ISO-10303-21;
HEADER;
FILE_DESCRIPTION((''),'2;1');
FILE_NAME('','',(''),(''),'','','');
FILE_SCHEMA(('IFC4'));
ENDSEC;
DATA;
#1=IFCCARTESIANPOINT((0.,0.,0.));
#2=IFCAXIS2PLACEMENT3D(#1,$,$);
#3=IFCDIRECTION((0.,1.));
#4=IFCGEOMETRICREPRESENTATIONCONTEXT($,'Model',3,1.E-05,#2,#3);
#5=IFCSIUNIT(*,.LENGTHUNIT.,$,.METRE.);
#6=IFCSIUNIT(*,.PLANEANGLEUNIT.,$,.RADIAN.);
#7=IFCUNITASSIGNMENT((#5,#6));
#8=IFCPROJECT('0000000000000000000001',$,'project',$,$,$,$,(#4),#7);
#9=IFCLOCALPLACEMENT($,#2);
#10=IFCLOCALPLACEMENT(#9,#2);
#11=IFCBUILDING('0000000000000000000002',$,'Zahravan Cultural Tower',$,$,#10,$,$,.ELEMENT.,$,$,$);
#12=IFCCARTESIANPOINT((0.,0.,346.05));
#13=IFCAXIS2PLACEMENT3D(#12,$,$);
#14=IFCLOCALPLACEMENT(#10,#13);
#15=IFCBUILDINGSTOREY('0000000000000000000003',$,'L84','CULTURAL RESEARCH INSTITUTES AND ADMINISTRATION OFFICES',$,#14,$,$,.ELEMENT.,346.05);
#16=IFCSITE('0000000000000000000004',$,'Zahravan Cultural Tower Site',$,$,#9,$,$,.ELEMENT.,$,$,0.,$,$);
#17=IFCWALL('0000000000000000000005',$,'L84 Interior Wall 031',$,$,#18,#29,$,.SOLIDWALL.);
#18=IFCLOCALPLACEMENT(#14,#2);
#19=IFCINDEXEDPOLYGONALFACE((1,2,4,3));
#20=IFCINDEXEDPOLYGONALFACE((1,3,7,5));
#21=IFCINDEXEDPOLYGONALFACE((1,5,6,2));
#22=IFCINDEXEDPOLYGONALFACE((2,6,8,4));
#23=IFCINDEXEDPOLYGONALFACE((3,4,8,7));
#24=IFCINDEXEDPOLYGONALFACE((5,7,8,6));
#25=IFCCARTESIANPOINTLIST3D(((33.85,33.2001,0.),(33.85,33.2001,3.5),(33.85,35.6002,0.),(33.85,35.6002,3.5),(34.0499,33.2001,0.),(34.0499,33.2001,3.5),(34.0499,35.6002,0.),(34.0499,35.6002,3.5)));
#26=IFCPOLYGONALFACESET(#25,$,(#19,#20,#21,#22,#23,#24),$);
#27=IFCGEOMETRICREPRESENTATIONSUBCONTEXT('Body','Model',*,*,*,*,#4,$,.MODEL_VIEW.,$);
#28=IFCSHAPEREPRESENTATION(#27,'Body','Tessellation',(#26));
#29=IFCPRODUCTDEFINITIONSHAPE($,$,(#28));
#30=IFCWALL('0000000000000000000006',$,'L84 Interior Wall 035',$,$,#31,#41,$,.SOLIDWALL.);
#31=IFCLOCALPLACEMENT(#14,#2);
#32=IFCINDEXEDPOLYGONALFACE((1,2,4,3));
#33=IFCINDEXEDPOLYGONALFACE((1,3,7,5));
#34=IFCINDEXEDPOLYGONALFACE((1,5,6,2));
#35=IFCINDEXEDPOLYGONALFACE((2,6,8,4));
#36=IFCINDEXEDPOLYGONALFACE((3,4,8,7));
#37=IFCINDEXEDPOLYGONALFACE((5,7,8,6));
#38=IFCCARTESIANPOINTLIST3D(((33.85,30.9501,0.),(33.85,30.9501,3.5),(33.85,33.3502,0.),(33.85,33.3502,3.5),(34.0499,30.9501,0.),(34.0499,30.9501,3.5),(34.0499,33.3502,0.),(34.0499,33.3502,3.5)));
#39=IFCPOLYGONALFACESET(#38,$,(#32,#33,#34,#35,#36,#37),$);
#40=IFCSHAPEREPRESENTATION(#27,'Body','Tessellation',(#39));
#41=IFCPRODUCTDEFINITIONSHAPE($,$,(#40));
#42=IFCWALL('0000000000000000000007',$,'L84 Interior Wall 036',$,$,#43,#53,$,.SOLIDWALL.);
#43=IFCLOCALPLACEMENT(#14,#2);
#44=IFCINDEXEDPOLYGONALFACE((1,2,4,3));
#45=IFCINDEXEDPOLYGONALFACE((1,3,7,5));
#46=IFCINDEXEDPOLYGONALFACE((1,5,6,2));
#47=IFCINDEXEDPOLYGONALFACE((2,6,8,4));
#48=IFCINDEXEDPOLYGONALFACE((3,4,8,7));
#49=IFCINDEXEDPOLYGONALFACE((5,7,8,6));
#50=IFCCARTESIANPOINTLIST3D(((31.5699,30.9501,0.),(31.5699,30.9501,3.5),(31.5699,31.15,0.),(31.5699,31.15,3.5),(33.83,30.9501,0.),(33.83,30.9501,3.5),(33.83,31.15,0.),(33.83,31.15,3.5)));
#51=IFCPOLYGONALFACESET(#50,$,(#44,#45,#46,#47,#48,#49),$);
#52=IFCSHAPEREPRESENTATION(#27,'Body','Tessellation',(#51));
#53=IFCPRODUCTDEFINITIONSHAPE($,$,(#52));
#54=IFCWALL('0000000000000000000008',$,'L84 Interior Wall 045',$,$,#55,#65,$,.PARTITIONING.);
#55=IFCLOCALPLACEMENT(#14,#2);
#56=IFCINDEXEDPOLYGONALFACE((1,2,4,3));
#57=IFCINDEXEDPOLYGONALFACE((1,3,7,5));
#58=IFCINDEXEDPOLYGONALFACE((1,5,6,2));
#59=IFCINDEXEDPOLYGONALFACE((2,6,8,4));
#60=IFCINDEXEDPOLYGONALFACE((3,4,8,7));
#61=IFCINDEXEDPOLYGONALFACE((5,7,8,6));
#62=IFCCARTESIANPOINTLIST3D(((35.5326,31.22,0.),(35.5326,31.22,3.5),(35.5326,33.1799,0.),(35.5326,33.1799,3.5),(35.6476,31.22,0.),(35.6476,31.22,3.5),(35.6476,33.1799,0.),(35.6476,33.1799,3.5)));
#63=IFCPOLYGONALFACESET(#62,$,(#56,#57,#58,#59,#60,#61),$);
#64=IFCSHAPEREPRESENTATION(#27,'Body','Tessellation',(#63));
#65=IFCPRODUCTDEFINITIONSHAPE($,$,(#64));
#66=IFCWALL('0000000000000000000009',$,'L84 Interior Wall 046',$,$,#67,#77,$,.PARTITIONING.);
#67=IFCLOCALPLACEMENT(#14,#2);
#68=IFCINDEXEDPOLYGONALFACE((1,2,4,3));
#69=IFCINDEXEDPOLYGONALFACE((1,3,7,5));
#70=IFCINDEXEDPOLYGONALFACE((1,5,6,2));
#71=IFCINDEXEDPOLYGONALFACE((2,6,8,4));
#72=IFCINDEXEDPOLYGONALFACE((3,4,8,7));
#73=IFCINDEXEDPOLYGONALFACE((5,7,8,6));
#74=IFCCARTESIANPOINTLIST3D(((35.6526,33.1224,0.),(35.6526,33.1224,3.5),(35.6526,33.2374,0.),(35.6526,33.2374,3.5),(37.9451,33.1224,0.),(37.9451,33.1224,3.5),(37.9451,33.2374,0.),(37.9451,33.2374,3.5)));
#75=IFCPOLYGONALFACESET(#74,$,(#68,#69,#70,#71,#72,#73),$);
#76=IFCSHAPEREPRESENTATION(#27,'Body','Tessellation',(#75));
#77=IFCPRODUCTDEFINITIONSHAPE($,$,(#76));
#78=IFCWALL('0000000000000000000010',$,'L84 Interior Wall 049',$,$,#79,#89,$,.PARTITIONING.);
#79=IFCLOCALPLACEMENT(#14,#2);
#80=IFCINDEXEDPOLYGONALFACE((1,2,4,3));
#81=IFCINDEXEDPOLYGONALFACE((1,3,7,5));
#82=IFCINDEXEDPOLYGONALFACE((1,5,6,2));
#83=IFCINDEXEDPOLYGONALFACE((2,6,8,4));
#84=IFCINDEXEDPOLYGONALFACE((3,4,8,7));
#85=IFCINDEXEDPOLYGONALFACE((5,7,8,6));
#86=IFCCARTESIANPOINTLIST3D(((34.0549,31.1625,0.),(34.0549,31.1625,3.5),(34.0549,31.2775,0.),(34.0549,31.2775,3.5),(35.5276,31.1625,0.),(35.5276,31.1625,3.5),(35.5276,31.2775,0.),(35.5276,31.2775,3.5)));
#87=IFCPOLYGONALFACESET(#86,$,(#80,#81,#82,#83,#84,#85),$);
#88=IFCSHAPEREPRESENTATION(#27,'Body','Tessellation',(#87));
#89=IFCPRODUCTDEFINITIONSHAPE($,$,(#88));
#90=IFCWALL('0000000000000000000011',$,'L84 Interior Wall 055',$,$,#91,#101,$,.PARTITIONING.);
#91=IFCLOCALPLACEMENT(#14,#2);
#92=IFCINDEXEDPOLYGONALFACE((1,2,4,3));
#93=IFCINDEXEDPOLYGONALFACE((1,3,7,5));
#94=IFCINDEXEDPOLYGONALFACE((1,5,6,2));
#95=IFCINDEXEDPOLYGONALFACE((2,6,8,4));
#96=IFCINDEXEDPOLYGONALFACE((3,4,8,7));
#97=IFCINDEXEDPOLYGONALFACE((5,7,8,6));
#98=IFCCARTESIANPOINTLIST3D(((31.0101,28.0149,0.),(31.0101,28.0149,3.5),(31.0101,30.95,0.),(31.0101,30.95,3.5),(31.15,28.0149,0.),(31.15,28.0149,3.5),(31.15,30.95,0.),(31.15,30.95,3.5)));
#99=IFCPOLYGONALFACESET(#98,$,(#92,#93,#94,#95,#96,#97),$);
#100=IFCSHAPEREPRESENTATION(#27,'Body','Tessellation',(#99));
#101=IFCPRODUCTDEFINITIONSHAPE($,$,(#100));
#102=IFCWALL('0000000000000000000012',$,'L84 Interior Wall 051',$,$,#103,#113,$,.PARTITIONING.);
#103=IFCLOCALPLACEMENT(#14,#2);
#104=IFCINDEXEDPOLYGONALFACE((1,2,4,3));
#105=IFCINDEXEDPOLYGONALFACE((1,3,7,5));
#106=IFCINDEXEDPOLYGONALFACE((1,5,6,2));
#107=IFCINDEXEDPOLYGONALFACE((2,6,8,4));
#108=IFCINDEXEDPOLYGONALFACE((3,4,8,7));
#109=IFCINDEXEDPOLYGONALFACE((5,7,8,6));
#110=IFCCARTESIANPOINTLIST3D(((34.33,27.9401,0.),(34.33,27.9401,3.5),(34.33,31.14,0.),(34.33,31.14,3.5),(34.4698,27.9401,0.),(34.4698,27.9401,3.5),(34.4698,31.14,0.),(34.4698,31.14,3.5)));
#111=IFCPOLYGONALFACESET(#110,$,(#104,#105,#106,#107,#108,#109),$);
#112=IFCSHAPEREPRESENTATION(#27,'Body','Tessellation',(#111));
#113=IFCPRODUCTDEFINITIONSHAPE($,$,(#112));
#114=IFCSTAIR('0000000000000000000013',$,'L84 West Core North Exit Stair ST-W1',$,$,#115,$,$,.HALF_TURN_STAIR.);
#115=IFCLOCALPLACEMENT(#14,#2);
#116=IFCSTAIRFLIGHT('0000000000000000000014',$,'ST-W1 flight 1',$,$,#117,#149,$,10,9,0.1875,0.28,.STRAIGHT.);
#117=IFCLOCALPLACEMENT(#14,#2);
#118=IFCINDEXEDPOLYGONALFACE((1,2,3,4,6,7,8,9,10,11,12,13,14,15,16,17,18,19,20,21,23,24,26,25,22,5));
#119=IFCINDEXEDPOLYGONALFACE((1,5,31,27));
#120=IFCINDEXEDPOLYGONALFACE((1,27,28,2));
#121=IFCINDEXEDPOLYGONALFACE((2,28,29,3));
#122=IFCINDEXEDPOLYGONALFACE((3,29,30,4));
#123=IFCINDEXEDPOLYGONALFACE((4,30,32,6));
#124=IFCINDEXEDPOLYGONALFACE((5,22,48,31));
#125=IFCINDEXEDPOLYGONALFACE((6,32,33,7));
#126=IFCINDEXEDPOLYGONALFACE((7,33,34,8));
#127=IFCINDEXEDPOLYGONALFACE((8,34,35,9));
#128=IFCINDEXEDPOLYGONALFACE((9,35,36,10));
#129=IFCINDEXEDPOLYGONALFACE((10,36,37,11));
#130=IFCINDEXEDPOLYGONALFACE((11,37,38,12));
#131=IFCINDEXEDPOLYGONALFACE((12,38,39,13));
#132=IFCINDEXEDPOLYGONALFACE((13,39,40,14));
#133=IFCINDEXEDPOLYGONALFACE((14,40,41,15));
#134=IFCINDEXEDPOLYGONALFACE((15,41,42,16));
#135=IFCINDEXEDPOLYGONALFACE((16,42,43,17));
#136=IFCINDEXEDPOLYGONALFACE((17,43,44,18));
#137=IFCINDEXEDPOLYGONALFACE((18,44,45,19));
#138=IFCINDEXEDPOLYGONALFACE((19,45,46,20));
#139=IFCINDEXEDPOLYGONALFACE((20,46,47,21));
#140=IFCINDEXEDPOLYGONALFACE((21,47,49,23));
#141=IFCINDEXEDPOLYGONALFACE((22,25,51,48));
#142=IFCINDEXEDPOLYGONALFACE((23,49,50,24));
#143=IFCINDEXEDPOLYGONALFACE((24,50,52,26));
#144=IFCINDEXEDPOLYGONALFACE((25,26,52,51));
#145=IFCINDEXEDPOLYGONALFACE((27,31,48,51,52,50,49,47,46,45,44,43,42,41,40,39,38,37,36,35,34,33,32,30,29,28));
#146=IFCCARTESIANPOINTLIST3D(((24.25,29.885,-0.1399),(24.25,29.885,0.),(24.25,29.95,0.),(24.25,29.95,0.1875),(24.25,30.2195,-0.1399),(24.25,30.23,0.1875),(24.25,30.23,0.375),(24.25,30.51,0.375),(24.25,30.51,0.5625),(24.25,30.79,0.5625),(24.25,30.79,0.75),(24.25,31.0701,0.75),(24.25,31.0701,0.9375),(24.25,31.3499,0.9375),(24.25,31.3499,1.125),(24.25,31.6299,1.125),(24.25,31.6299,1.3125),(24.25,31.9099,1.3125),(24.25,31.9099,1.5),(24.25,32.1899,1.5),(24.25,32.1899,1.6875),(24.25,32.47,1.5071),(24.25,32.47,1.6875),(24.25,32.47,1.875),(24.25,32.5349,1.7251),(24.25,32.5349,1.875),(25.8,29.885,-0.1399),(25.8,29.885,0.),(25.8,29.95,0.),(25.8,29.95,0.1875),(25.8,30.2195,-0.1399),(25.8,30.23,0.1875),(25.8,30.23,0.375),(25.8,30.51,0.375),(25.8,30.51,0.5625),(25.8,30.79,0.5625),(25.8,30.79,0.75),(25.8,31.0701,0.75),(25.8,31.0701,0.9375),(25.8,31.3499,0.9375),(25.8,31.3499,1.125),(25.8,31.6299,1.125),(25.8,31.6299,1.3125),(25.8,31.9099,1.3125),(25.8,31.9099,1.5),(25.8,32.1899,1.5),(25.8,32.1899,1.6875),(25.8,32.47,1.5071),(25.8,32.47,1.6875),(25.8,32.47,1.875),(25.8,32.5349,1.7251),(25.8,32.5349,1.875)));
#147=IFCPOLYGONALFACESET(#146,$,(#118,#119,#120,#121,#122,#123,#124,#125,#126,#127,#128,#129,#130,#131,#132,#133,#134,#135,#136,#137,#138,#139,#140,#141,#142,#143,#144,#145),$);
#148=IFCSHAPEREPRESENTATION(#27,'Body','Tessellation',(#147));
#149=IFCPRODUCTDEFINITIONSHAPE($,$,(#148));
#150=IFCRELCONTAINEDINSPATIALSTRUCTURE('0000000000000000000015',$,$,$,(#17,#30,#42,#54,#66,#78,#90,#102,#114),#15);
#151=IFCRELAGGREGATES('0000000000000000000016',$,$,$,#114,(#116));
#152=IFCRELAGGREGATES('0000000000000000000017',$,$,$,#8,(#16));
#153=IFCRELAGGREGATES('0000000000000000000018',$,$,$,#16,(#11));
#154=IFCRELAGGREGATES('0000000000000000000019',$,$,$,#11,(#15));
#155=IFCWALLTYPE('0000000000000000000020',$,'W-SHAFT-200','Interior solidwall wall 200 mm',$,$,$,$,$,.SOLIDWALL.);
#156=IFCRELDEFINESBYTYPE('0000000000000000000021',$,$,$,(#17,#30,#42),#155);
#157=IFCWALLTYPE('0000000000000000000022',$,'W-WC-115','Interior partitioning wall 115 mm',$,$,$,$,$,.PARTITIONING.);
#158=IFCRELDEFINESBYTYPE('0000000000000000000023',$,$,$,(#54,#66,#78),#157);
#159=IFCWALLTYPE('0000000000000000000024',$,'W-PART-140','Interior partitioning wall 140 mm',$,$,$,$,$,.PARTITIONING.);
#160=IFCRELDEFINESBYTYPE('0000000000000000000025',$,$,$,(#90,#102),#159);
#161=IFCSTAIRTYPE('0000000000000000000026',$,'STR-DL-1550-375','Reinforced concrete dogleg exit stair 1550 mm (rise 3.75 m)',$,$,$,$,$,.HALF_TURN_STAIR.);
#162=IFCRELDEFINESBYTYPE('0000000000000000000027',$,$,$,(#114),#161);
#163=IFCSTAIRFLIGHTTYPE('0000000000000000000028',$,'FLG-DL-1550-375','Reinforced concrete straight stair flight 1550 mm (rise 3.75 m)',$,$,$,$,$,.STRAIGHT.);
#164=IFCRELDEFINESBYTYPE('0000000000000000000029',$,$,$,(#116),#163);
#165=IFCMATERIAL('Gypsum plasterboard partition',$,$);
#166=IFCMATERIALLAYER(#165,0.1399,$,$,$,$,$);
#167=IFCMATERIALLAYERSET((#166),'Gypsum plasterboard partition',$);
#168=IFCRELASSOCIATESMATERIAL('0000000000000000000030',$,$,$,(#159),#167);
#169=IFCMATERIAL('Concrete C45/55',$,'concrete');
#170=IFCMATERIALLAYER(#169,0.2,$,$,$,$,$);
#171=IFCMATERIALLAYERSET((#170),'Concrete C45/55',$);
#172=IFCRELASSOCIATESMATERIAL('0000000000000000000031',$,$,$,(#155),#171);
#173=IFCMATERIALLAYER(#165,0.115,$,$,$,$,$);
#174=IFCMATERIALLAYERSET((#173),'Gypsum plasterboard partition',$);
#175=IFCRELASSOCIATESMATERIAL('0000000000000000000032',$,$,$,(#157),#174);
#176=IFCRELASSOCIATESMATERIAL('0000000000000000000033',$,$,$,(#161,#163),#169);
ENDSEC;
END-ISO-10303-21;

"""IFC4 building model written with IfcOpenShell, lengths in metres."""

from ifc_helpers import new_model, si_unit, direction, frame, frame_2d, origin, place, context, subcontext, project, spatial, polyline, rectangle, outline, extrude, source, transform, mapped, material, layer, layer_set, type_object, element, aggregate, save


model = new_model("IFC4")

# Units and contexts
model_context = context("Model", 3, precision=1e-05, world=origin(), true_north=direction((0.0, 1.0)))
body_context = subcontext(model_context, "Body", "Model", "MODEL_VIEW")
ifc_project = project(units=[si_unit("LENGTHUNIT", "METRE"), si_unit("PLANEANGLEUNIT", "RADIAN")], contexts=[model_context])

# Site, building, storey
site_placement = place(None, origin())
site = spatial("IfcSite", under=ifc_project, at=site_placement, Name="Zahravan Cultural Tower Site", CompositionType="ELEMENT", RefElevation=0.0)
building_placement = place(site_placement, origin())
building = spatial("IfcBuilding", under=site, at=building_placement, Name="Zahravan Cultural Tower", CompositionType="ELEMENT")
storey_placement = place(building_placement, frame((0.0, 0.0, 346.05)))
storey = spatial("IfcBuildingStorey", under=building, at=storey_placement, Name="L84", Description="CULTURAL RESEARCH INSTITUTES AND ADMINISTRATION OFFICES", CompositionType="ELEMENT", Elevation=346.05)

# Shared definitions
ifc_material_1 = material(Name="Gypsum plasterboard partition")
ifc_layer_1 = layer(ifc_material_1, 0.1399)
ifc_layer_set_1 = layer_set([ifc_layer_1], Name="Gypsum plasterboard partition")
wall_type_1 = type_object("IfcWallType", Name="W-PART-140", Description="Interior partitioning wall 140 mm", PredefinedType="PARTITIONING", material=ifc_layer_set_1)
ifc_material_2 = material(Name="Concrete C45/55", Category="concrete")
ifc_layer_2 = layer(ifc_material_2, 0.2)
ifc_layer_set_2 = layer_set([ifc_layer_2], Name="Concrete C45/55")
wall_type_2 = type_object("IfcWallType", Name="W-SHAFT-200", Description="Interior solidwall wall 200 mm", PredefinedType="SOLIDWALL", material=ifc_layer_set_2)

# Walls
shared_shape_1 = source(origin(), body_context, "Body", "SweptSolid", [
    extrude(rectangle(XDim=2.4001, YDim=0.2, at=frame_2d((1.2002, 0.0))), origin(), (0.0, 0.0, 1.0), 3.5),
])
for number, where, z_axis, x_axis, name in (
    (1, (33.95, 33.2, 0.0), (0.0, 0.0, 1.0), (0.0, 1.0, 0.0), "L84 Interior Wall 031"),
    (2, (33.95, 30.95, 0.0), (0.0, 0.0, 1.0), (0.0, 1.0, 0.0), "L84 Interior Wall 035"),
):
    element("IfcWall", number, at=place(storey_placement, frame(where, z_axis=z_axis, x_axis=x_axis)), inside=storey, type_object=wall_type_2, Name=name, PredefinedType="SOLIDWALL", context=body_context, shape_type="MappedRepresentation", body=[
        mapped(shared_shape_1, transform((0.0, 0.0, 0.0), x_axis=(1.0, 0.0, 0.0), y_axis=(0.0, 1.0, 0.0), z_axis=(0.0, 0.0, 1.0), scale=1.0)),
    ])
shared_shape_2 = source(origin(), body_context, "Body", "SweptSolid", [
    extrude(rectangle(XDim=2.26, YDim=0.2, at=frame_2d((1.1299, 0.0))), origin(), (0.0, 0.0, 1.0), 3.5),
])
wall_1_placement = place(storey_placement, frame((31.5701, 31.05, 0.0), z_axis=(0.0, 0.0, 1.0), x_axis=(1.0, 0.0, 0.0)))
element("IfcWall", 3, at=wall_1_placement, inside=storey, type_object=wall_type_2, Name="L84 Interior Wall 036", PredefinedType="SOLIDWALL", context=body_context, shape_type="MappedRepresentation", body=[
    mapped(shared_shape_2, transform((0.0, 0.0, 0.0), x_axis=(1.0, 0.0, 0.0), y_axis=(0.0, 1.0, 0.0), z_axis=(0.0, 0.0, 1.0), scale=1.0)),
])
ifc_layer_3 = layer(ifc_material_1, 0.115)
ifc_layer_set_3 = layer_set([ifc_layer_3], Name="Gypsum plasterboard partition")
wall_type_3 = type_object("IfcWallType", Name="W-WC-115", Description="Interior partitioning wall 115 mm", PredefinedType="PARTITIONING", material=ifc_layer_set_3)
shared_shape_3 = source(origin(), body_context, "Body", "SweptSolid", [
    extrude(rectangle(XDim=1.96, YDim=0.115, at=frame_2d((0.98, 0.0))), origin(), (0.0, 0.0, 1.0), 3.5),
])
wall_2_placement = place(storey_placement, frame((35.5901, 31.22, 0.0), z_axis=(0.0, 0.0, 1.0), x_axis=(0.0, 1.0, 0.0)))
element("IfcWall", 4, at=wall_2_placement, inside=storey, type_object=wall_type_3, Name="L84 Interior Wall 045", PredefinedType="PARTITIONING", context=body_context, shape_type="MappedRepresentation", body=[
    mapped(shared_shape_3, transform((0.0, 0.0, 0.0), x_axis=(1.0, 0.0, 0.0), y_axis=(0.0, 1.0, 0.0), z_axis=(0.0, 0.0, 1.0), scale=1.0)),
])
shared_shape_4 = source(origin(), body_context, "Body", "SweptSolid", [
    extrude(rectangle(XDim=2.2925, YDim=0.115, at=frame_2d((1.1462, 0.0))), origin(), (0.0, 0.0, 1.0), 3.5),
])
wall_3_placement = place(storey_placement, frame((35.6526, 33.1799, 0.0), z_axis=(0.0, 0.0, 1.0), x_axis=(1.0, 0.0, 0.0)))
element("IfcWall", 5, at=wall_3_placement, inside=storey, type_object=wall_type_3, Name="L84 Interior Wall 046", PredefinedType="PARTITIONING", context=body_context, shape_type="MappedRepresentation", body=[
    mapped(shared_shape_4, transform((0.0, 0.0, 0.0), x_axis=(1.0, 0.0, 0.0), y_axis=(0.0, 1.0, 0.0), z_axis=(0.0, 0.0, 1.0), scale=1.0)),
])
shared_shape_5 = source(origin(), body_context, "Body", "SweptSolid", [
    extrude(rectangle(XDim=1.4727, YDim=0.115, at=frame_2d((0.7363, 0.0))), origin(), (0.0, 0.0, 1.0), 3.5),
])
wall_4_placement = place(storey_placement, frame((35.5276, 31.22, 0.0), z_axis=(0.0, 0.0, 1.0), x_axis=(-1.0, 0.0, 0.0)))
element("IfcWall", 6, at=wall_4_placement, inside=storey, type_object=wall_type_3, Name="L84 Interior Wall 049", PredefinedType="PARTITIONING", context=body_context, shape_type="MappedRepresentation", body=[
    mapped(shared_shape_5, transform((0.0, 0.0, 0.0), x_axis=(1.0, 0.0, 0.0), y_axis=(0.0, 1.0, 0.0), z_axis=(0.0, 0.0, 1.0), scale=1.0)),
])
shared_shape_6 = source(origin(), body_context, "Body", "SweptSolid", [
    extrude(rectangle(XDim=2.9351, YDim=0.1399, at=frame_2d((1.4675, 0.0))), origin(), (0.0, 0.0, 1.0), 3.5),
])
wall_5_placement = place(storey_placement, frame((31.0801, 28.0149, 0.0), z_axis=(0.0, 0.0, 1.0), x_axis=(0.0, 1.0, 0.0)))
element("IfcWall", 7, at=wall_5_placement, inside=storey, type_object=wall_type_1, Name="L84 Interior Wall 055", PredefinedType="PARTITIONING", context=body_context, shape_type="MappedRepresentation", body=[
    mapped(shared_shape_6, transform((0.0, 0.0, 0.0), x_axis=(1.0, 0.0, 0.0), y_axis=(0.0, 1.0, 0.0), z_axis=(0.0, 0.0, 1.0), scale=1.0)),
])
shared_shape_7 = source(origin(), body_context, "Body", "SweptSolid", [
    extrude(rectangle(XDim=3.2, YDim=0.1399, at=frame_2d((1.6001, 0.0))), origin(), (0.0, 0.0, 1.0), 3.5),
])
wall_6_placement = place(storey_placement, frame((34.3999, 27.9399, 0.0), z_axis=(0.0, 0.0, 1.0), x_axis=(0.0, 1.0, 0.0)))
element("IfcWall", 8, at=wall_6_placement, inside=storey, type_object=wall_type_1, Name="L84 Interior Wall 051", PredefinedType="PARTITIONING", context=body_context, shape_type="MappedRepresentation", body=[
    mapped(shared_shape_7, transform((0.0, 0.0, 0.0), x_axis=(1.0, 0.0, 0.0), y_axis=(0.0, 1.0, 0.0), z_axis=(0.0, 0.0, 1.0), scale=1.0)),
])

# Stair, stair flight
stair_type = type_object("IfcStairType", Name="STR-DL-1550-375", Description="Reinforced concrete dogleg exit stair 1550 mm (rise 3.75 m)", PredefinedType="HALF_TURN_STAIR", material=ifc_material_2)
stair_placement = place(storey_placement, origin())
stair = element("IfcStair", 9, at=stair_placement, inside=storey, type_object=stair_type, Name="L84 West Core North Exit Stair ST-W1", PredefinedType="HALF_TURN_STAIR")
stair_flight_type = type_object("IfcStairFlightType", Name="FLG-DL-1550-375", Description="Reinforced concrete straight stair flight 1550 mm (rise 3.75 m)", PredefinedType="STRAIGHT", material=ifc_material_2)
stair_flight_placement = place(storey_placement, frame((25.0249, 29.95, 0.0), z_axis=(0.0, 0.0, 1.0), x_axis=(0.0, 1.0, 0.0)))
stair_flight = element("IfcStairFlight", 10, at=stair_flight_placement, type_object=stair_flight_type, Name="ST-W1 flight 1", NumberOfRisers=10, NumberOfTreads=9, PredefinedType="STRAIGHT", RiserHeight=0.1875, TreadLength=0.28, context=body_context, shape_type="SweptSolid", body=[
    extrude(outline(polyline([(-0.0649, -0.1399), (-0.0649, 0.0), (0.0, 0.0), (0.0, 0.1875), (0.28, 0.1875), (0.28, 0.375), (0.5601, 0.375), (0.5601, 0.5625), (0.8401, 0.5625), (0.8401, 0.75), (1.1201, 0.75), (1.1201, 0.9375), (1.3999, 0.9375), (1.3999, 1.125), (1.6799, 1.125), (1.6799, 1.3125), (1.96, 1.3125), (1.96, 1.5), (2.24, 1.5), (2.24, 1.6875), (2.52, 1.6875), (2.52, 1.875), (2.585, 1.875), (2.585, 1.7251), (2.52, 1.5071), (0.2695, -0.1399), (-0.0649, -0.1399)])), frame((0.0, 0.7749, 0.0), z_axis=(0.0, -1.0, 0.0), x_axis=(1.0, 0.0, 0.0)), (0.0, 0.0, 1.0), 1.55),
])
aggregate(stair, [stair_flight])

save(model, "model.ifc")
